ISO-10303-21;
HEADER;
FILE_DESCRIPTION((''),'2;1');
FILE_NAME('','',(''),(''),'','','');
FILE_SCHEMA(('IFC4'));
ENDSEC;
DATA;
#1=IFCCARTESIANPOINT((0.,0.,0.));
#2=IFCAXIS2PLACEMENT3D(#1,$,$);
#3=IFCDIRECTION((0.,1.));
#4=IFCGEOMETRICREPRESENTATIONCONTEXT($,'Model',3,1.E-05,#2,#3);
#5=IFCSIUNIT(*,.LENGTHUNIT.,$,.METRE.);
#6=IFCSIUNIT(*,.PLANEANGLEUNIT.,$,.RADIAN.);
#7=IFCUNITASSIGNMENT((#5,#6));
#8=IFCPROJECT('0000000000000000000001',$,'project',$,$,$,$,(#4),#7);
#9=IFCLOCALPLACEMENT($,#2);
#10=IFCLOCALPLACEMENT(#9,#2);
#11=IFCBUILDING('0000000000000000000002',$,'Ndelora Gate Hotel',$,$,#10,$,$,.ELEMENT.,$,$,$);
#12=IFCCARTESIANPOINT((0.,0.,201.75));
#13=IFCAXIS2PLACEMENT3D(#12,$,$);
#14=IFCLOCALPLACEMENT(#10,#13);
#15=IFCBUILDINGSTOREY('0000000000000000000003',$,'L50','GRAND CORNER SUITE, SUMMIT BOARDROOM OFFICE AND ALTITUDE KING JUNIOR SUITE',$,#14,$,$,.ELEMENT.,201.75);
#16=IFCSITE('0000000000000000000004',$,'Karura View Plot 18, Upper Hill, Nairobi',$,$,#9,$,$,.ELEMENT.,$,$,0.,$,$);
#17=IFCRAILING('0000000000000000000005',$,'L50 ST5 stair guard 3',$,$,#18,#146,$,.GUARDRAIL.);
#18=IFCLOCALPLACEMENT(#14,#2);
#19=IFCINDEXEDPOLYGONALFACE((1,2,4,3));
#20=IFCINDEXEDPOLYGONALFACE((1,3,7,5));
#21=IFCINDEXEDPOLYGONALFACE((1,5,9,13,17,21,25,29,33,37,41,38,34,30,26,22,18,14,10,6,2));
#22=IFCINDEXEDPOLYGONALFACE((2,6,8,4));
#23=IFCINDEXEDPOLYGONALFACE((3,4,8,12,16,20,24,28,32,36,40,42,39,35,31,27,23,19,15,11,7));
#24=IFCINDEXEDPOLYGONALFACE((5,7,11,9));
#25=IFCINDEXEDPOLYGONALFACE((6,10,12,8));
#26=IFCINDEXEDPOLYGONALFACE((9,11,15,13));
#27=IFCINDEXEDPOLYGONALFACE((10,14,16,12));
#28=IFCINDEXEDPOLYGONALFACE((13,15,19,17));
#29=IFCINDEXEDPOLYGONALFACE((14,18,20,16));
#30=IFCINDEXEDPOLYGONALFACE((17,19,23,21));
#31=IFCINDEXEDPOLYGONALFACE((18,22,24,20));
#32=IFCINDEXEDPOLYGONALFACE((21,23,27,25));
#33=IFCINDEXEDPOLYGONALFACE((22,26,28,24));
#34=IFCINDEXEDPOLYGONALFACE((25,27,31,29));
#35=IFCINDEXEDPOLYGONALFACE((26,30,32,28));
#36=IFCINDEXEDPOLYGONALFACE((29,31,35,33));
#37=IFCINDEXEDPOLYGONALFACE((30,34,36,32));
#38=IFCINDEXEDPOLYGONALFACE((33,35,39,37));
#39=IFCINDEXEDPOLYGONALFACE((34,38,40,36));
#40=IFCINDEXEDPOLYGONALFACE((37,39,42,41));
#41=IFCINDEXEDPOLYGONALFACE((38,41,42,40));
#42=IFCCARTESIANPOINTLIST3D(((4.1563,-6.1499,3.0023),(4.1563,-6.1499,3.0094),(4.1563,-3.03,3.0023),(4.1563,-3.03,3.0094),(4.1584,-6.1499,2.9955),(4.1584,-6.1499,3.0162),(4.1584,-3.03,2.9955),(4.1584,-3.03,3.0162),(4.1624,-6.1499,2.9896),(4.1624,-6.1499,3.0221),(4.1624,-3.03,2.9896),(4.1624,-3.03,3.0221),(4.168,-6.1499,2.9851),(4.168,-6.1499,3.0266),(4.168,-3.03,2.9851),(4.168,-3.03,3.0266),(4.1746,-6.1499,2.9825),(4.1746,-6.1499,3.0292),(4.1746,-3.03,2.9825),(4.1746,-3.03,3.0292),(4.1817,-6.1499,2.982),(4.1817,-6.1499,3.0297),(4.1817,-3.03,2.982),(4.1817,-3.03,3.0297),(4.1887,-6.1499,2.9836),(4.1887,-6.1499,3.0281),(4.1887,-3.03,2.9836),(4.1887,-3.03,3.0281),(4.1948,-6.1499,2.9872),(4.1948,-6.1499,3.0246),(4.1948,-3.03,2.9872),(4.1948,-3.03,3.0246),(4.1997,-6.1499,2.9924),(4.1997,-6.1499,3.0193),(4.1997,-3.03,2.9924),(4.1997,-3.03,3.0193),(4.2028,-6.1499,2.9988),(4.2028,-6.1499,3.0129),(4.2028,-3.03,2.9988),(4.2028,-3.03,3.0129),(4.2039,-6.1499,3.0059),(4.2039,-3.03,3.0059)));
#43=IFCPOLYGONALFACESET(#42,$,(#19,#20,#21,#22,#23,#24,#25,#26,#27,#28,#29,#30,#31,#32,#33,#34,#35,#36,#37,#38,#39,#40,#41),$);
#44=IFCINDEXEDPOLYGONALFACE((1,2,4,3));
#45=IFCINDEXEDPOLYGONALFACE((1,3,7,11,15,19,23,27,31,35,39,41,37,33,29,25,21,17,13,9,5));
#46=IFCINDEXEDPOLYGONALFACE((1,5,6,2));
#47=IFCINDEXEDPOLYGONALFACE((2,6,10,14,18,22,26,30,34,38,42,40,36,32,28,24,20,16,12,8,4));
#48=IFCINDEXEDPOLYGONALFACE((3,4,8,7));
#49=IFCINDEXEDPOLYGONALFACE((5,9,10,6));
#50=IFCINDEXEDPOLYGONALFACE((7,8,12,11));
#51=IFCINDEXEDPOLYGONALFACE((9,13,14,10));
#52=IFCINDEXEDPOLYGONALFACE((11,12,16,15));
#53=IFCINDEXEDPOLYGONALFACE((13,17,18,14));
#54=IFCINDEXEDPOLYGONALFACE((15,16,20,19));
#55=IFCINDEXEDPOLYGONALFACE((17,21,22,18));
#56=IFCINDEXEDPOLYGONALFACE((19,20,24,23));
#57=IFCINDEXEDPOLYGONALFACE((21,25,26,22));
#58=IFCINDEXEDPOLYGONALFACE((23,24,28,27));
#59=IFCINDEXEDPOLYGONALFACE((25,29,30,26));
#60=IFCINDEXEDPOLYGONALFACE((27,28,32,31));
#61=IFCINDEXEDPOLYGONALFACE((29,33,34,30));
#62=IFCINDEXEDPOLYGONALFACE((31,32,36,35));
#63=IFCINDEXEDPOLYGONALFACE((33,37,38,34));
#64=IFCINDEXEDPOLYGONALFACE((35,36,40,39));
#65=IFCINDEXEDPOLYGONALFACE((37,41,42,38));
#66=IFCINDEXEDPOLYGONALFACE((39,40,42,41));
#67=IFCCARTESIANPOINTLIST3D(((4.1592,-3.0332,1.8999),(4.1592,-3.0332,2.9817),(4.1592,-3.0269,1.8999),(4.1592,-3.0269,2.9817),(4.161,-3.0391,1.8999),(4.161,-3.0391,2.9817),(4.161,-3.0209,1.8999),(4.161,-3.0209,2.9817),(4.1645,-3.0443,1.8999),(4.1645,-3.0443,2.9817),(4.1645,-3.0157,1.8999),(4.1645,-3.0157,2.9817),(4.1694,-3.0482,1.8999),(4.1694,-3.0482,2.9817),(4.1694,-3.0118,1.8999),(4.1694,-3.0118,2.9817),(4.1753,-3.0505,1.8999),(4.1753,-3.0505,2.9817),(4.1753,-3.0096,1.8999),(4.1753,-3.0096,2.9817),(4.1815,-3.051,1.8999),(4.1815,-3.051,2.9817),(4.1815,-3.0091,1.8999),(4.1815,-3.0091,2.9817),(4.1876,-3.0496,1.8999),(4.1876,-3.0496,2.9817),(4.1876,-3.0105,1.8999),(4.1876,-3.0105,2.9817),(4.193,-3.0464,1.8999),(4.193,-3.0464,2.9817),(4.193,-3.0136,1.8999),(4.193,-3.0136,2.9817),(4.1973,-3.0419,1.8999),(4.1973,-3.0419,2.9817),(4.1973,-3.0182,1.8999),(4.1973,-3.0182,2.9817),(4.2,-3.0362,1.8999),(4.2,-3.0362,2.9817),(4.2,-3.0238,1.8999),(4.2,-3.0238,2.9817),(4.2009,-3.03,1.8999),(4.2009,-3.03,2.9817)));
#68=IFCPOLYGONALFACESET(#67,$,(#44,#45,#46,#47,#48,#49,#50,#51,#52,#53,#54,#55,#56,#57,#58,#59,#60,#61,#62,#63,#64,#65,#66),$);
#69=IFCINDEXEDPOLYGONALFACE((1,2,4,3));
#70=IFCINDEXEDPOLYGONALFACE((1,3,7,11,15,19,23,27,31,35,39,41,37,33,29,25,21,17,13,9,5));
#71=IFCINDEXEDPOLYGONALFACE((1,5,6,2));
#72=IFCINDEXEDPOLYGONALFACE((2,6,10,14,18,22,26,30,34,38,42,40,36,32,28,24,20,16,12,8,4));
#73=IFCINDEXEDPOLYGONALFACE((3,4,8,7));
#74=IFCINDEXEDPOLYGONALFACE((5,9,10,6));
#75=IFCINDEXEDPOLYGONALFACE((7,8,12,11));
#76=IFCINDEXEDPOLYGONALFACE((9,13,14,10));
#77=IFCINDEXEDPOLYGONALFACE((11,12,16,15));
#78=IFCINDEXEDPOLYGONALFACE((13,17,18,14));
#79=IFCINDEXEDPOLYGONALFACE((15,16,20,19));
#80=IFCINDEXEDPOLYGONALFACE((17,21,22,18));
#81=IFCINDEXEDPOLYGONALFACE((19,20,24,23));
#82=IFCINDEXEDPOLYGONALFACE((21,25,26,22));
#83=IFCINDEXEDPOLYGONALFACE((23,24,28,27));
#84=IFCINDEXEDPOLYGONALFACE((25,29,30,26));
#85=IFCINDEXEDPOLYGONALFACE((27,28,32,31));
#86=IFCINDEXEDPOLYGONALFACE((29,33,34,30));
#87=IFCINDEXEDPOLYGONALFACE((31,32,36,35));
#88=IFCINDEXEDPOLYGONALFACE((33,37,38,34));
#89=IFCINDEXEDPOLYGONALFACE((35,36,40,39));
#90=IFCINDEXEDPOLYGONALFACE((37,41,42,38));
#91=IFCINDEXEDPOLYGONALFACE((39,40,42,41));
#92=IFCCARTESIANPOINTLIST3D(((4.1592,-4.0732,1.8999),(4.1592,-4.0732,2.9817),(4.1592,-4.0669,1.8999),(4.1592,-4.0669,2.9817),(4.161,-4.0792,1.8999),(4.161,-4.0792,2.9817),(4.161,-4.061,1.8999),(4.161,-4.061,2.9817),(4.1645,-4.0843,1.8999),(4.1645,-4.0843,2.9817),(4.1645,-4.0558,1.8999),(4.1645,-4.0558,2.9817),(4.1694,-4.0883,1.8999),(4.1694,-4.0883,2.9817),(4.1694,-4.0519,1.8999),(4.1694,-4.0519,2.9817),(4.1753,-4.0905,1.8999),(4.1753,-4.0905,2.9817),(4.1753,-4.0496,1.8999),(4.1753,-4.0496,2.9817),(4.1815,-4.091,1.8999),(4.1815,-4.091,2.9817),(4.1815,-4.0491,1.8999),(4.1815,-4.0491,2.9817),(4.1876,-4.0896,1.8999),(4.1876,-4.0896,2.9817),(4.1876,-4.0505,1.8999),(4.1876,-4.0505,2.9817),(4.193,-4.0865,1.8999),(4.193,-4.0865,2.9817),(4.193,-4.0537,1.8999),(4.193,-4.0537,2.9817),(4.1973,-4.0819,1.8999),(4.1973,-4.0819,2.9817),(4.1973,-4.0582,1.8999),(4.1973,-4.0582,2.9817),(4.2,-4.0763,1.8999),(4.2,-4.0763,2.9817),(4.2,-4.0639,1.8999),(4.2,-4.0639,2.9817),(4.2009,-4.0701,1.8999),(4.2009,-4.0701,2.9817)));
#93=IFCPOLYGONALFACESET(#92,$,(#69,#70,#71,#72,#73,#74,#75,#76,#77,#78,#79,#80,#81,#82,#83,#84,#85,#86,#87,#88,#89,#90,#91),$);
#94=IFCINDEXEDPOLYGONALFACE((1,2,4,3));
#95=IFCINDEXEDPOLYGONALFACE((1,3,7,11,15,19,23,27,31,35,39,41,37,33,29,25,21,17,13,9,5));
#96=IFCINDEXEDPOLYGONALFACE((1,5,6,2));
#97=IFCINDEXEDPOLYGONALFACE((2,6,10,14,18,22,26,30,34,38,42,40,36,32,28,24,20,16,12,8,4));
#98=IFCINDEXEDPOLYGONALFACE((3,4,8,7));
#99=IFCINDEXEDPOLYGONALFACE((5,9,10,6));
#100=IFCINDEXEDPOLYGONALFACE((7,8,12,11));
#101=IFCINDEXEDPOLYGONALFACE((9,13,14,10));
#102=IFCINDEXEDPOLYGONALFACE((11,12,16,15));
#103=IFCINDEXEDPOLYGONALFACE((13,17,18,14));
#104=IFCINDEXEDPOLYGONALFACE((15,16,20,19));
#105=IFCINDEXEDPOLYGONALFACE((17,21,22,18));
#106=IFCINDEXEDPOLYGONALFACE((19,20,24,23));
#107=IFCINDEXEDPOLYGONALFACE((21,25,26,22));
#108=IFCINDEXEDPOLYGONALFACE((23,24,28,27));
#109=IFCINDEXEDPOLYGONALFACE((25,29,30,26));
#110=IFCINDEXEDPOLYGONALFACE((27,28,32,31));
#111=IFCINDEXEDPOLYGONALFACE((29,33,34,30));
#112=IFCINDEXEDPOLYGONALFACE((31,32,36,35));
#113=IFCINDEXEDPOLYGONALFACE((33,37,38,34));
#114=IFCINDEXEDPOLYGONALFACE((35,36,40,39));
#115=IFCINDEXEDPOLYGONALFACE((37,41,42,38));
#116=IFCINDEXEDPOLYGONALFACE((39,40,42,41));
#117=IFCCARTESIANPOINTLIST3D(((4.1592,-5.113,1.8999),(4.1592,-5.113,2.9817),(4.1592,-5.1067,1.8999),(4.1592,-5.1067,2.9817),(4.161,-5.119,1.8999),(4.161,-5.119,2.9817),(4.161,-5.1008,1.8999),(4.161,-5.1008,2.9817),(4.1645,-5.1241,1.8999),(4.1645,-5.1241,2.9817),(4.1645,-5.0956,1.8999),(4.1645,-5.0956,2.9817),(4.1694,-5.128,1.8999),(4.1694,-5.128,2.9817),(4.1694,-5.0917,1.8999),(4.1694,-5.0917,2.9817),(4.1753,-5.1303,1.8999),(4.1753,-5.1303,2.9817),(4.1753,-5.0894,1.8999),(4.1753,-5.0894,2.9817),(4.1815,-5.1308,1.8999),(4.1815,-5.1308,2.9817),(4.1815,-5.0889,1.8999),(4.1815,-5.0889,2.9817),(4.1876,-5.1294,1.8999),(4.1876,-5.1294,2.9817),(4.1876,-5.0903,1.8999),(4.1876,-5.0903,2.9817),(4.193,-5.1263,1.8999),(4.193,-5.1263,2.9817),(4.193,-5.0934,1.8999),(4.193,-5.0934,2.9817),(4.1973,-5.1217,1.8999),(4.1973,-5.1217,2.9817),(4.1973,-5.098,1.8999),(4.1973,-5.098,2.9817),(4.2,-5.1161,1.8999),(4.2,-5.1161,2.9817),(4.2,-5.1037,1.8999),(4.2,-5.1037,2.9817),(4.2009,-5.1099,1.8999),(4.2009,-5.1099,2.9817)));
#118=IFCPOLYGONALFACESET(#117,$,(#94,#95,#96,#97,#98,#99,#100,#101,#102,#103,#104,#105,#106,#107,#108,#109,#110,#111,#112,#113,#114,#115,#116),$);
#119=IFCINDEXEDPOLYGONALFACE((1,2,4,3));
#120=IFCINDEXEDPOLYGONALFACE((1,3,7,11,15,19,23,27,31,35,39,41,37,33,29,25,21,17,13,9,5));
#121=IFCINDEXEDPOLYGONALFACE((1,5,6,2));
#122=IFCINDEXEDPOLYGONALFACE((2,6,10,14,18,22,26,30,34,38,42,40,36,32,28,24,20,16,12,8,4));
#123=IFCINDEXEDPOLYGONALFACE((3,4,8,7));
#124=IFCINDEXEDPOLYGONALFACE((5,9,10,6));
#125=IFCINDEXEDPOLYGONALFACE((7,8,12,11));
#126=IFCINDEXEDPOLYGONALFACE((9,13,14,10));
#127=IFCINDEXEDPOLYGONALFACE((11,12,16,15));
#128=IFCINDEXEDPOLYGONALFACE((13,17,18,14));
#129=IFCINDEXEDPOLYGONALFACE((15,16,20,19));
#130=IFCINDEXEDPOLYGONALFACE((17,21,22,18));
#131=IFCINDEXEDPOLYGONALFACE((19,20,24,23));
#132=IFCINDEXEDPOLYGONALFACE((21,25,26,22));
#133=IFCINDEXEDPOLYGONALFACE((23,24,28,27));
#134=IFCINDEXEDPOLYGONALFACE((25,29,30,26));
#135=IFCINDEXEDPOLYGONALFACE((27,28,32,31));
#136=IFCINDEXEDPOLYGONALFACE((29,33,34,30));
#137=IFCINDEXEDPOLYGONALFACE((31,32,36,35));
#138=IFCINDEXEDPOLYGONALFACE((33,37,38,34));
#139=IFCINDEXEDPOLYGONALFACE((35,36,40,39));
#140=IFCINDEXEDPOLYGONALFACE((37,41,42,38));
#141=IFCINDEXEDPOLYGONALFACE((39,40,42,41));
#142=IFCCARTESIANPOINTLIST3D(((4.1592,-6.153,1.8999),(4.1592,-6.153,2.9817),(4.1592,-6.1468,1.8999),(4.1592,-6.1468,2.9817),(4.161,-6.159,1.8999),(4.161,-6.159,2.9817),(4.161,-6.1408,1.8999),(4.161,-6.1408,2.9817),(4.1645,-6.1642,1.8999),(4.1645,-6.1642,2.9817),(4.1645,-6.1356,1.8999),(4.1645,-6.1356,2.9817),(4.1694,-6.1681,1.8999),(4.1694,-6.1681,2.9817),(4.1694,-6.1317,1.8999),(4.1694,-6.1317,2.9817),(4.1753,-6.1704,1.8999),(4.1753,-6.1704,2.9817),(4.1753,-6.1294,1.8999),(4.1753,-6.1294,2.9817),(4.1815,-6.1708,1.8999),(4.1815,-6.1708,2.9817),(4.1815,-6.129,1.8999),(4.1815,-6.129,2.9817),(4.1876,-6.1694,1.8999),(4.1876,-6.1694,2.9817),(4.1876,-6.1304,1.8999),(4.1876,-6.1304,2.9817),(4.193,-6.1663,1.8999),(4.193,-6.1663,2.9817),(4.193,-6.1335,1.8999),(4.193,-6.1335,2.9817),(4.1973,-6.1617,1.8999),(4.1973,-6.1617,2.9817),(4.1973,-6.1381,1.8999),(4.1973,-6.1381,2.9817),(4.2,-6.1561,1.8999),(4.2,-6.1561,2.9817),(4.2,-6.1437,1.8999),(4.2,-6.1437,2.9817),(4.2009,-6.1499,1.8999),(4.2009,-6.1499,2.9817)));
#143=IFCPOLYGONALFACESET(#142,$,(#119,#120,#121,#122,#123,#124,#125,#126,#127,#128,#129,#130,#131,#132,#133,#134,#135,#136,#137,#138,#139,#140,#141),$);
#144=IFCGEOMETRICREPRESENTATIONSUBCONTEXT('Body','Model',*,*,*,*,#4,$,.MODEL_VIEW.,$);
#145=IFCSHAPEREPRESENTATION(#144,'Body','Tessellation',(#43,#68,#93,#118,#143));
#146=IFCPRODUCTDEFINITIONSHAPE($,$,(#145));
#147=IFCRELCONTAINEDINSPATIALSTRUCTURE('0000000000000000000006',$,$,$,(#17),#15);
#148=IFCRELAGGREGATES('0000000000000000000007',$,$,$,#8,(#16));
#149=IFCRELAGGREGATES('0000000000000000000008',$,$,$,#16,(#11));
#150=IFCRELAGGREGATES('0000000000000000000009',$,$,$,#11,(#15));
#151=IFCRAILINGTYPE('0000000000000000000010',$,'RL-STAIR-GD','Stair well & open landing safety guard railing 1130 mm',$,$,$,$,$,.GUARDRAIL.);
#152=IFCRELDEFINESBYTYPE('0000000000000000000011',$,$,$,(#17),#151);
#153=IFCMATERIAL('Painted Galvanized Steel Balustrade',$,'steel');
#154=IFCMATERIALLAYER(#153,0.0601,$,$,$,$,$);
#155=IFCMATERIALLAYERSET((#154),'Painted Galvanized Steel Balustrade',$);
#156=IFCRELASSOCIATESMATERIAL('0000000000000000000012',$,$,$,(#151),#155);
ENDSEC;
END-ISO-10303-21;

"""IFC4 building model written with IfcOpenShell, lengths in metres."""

from ifc_helpers import new_model, si_unit, direction, frame, origin, origin_2d, place, context, subcontext, project, spatial, circle, extrude, material, layer, layer_set, type_object, element, save


model = new_model("IFC4")

# Units and contexts
model_context = context("Model", 3, precision=1e-05, world=origin(), true_north=direction((0.0, 1.0)))
body_context = subcontext(model_context, "Body", "Model", "MODEL_VIEW")
ifc_project = project(units=[si_unit("LENGTHUNIT", "METRE"), si_unit("PLANEANGLEUNIT", "RADIAN")], contexts=[model_context])

# Site, building, storey
site_placement = place(None, origin())
site = spatial("IfcSite", under=ifc_project, at=site_placement, Name="Karura View Plot 18, Upper Hill, Nairobi", CompositionType="ELEMENT", RefElevation=0.0)
building_placement = place(site_placement, origin())
building = spatial("IfcBuilding", under=site, at=building_placement, Name="Ndelora Gate Hotel", CompositionType="ELEMENT")
storey_placement = place(building_placement, frame((0.0, 0.0, 201.75)))
storey = spatial("IfcBuildingStorey", under=building, at=storey_placement, Name="L50", Description="GRAND CORNER SUITE, SUMMIT BOARDROOM OFFICE AND ALTITUDE KING JUNIOR SUITE", CompositionType="ELEMENT", Elevation=201.75)

# Railing
ifc_material_1 = material(Name="Painted Galvanized Steel Balustrade", Category="steel")
ifc_layer_1 = layer(ifc_material_1, 0.0601)
ifc_layer_set_1 = layer_set([ifc_layer_1], Name="Painted Galvanized Steel Balustrade")
railing_type_1 = type_object("IfcRailingType", Name="RL-STAIR-GD", Description="Stair well & open landing safety guard railing 1130 mm", PredefinedType="GUARDRAIL", material=ifc_layer_set_1)
for number, where, name in (
    (1, (4.1799, -3.03, 1.8999), "L50 ST5 stair guard 3"),
):
    element("IfcRailing", number, at=place(storey_placement, frame(where)), inside=storey, type_object=railing_type_1, Name=name, PredefinedType="GUARDRAIL", context=body_context, shape_type="SweptSolid", body=[
        extrude(circle(Radius=0.0239, at=origin_2d()), frame((0.0, 0.0, 1.106), z_axis=(0.0, -1.0, 0.0), x_axis=(1.0, 0.0, 0.0)), (0.0, 0.0, 1.0), 3.1199),
        extrude(circle(Radius=0.021, at=origin_2d()), origin(), (0.0, 0.0, 1.0), 1.0818),
        extrude(circle(Radius=0.021, at=origin_2d()), frame((0.0, -1.04, 0.0)), (0.0, 0.0, 1.0), 1.0818),
        extrude(circle(Radius=0.021, at=origin_2d()), frame((0.0, -2.0798, 0.0)), (0.0, 0.0, 1.0), 1.0818),
        extrude(circle(Radius=0.021, at=origin_2d()), frame((0.0, -3.1199, 0.0)), (0.0, 0.0, 1.0), 1.0818),
    ])

save(model, "model.ifc")
